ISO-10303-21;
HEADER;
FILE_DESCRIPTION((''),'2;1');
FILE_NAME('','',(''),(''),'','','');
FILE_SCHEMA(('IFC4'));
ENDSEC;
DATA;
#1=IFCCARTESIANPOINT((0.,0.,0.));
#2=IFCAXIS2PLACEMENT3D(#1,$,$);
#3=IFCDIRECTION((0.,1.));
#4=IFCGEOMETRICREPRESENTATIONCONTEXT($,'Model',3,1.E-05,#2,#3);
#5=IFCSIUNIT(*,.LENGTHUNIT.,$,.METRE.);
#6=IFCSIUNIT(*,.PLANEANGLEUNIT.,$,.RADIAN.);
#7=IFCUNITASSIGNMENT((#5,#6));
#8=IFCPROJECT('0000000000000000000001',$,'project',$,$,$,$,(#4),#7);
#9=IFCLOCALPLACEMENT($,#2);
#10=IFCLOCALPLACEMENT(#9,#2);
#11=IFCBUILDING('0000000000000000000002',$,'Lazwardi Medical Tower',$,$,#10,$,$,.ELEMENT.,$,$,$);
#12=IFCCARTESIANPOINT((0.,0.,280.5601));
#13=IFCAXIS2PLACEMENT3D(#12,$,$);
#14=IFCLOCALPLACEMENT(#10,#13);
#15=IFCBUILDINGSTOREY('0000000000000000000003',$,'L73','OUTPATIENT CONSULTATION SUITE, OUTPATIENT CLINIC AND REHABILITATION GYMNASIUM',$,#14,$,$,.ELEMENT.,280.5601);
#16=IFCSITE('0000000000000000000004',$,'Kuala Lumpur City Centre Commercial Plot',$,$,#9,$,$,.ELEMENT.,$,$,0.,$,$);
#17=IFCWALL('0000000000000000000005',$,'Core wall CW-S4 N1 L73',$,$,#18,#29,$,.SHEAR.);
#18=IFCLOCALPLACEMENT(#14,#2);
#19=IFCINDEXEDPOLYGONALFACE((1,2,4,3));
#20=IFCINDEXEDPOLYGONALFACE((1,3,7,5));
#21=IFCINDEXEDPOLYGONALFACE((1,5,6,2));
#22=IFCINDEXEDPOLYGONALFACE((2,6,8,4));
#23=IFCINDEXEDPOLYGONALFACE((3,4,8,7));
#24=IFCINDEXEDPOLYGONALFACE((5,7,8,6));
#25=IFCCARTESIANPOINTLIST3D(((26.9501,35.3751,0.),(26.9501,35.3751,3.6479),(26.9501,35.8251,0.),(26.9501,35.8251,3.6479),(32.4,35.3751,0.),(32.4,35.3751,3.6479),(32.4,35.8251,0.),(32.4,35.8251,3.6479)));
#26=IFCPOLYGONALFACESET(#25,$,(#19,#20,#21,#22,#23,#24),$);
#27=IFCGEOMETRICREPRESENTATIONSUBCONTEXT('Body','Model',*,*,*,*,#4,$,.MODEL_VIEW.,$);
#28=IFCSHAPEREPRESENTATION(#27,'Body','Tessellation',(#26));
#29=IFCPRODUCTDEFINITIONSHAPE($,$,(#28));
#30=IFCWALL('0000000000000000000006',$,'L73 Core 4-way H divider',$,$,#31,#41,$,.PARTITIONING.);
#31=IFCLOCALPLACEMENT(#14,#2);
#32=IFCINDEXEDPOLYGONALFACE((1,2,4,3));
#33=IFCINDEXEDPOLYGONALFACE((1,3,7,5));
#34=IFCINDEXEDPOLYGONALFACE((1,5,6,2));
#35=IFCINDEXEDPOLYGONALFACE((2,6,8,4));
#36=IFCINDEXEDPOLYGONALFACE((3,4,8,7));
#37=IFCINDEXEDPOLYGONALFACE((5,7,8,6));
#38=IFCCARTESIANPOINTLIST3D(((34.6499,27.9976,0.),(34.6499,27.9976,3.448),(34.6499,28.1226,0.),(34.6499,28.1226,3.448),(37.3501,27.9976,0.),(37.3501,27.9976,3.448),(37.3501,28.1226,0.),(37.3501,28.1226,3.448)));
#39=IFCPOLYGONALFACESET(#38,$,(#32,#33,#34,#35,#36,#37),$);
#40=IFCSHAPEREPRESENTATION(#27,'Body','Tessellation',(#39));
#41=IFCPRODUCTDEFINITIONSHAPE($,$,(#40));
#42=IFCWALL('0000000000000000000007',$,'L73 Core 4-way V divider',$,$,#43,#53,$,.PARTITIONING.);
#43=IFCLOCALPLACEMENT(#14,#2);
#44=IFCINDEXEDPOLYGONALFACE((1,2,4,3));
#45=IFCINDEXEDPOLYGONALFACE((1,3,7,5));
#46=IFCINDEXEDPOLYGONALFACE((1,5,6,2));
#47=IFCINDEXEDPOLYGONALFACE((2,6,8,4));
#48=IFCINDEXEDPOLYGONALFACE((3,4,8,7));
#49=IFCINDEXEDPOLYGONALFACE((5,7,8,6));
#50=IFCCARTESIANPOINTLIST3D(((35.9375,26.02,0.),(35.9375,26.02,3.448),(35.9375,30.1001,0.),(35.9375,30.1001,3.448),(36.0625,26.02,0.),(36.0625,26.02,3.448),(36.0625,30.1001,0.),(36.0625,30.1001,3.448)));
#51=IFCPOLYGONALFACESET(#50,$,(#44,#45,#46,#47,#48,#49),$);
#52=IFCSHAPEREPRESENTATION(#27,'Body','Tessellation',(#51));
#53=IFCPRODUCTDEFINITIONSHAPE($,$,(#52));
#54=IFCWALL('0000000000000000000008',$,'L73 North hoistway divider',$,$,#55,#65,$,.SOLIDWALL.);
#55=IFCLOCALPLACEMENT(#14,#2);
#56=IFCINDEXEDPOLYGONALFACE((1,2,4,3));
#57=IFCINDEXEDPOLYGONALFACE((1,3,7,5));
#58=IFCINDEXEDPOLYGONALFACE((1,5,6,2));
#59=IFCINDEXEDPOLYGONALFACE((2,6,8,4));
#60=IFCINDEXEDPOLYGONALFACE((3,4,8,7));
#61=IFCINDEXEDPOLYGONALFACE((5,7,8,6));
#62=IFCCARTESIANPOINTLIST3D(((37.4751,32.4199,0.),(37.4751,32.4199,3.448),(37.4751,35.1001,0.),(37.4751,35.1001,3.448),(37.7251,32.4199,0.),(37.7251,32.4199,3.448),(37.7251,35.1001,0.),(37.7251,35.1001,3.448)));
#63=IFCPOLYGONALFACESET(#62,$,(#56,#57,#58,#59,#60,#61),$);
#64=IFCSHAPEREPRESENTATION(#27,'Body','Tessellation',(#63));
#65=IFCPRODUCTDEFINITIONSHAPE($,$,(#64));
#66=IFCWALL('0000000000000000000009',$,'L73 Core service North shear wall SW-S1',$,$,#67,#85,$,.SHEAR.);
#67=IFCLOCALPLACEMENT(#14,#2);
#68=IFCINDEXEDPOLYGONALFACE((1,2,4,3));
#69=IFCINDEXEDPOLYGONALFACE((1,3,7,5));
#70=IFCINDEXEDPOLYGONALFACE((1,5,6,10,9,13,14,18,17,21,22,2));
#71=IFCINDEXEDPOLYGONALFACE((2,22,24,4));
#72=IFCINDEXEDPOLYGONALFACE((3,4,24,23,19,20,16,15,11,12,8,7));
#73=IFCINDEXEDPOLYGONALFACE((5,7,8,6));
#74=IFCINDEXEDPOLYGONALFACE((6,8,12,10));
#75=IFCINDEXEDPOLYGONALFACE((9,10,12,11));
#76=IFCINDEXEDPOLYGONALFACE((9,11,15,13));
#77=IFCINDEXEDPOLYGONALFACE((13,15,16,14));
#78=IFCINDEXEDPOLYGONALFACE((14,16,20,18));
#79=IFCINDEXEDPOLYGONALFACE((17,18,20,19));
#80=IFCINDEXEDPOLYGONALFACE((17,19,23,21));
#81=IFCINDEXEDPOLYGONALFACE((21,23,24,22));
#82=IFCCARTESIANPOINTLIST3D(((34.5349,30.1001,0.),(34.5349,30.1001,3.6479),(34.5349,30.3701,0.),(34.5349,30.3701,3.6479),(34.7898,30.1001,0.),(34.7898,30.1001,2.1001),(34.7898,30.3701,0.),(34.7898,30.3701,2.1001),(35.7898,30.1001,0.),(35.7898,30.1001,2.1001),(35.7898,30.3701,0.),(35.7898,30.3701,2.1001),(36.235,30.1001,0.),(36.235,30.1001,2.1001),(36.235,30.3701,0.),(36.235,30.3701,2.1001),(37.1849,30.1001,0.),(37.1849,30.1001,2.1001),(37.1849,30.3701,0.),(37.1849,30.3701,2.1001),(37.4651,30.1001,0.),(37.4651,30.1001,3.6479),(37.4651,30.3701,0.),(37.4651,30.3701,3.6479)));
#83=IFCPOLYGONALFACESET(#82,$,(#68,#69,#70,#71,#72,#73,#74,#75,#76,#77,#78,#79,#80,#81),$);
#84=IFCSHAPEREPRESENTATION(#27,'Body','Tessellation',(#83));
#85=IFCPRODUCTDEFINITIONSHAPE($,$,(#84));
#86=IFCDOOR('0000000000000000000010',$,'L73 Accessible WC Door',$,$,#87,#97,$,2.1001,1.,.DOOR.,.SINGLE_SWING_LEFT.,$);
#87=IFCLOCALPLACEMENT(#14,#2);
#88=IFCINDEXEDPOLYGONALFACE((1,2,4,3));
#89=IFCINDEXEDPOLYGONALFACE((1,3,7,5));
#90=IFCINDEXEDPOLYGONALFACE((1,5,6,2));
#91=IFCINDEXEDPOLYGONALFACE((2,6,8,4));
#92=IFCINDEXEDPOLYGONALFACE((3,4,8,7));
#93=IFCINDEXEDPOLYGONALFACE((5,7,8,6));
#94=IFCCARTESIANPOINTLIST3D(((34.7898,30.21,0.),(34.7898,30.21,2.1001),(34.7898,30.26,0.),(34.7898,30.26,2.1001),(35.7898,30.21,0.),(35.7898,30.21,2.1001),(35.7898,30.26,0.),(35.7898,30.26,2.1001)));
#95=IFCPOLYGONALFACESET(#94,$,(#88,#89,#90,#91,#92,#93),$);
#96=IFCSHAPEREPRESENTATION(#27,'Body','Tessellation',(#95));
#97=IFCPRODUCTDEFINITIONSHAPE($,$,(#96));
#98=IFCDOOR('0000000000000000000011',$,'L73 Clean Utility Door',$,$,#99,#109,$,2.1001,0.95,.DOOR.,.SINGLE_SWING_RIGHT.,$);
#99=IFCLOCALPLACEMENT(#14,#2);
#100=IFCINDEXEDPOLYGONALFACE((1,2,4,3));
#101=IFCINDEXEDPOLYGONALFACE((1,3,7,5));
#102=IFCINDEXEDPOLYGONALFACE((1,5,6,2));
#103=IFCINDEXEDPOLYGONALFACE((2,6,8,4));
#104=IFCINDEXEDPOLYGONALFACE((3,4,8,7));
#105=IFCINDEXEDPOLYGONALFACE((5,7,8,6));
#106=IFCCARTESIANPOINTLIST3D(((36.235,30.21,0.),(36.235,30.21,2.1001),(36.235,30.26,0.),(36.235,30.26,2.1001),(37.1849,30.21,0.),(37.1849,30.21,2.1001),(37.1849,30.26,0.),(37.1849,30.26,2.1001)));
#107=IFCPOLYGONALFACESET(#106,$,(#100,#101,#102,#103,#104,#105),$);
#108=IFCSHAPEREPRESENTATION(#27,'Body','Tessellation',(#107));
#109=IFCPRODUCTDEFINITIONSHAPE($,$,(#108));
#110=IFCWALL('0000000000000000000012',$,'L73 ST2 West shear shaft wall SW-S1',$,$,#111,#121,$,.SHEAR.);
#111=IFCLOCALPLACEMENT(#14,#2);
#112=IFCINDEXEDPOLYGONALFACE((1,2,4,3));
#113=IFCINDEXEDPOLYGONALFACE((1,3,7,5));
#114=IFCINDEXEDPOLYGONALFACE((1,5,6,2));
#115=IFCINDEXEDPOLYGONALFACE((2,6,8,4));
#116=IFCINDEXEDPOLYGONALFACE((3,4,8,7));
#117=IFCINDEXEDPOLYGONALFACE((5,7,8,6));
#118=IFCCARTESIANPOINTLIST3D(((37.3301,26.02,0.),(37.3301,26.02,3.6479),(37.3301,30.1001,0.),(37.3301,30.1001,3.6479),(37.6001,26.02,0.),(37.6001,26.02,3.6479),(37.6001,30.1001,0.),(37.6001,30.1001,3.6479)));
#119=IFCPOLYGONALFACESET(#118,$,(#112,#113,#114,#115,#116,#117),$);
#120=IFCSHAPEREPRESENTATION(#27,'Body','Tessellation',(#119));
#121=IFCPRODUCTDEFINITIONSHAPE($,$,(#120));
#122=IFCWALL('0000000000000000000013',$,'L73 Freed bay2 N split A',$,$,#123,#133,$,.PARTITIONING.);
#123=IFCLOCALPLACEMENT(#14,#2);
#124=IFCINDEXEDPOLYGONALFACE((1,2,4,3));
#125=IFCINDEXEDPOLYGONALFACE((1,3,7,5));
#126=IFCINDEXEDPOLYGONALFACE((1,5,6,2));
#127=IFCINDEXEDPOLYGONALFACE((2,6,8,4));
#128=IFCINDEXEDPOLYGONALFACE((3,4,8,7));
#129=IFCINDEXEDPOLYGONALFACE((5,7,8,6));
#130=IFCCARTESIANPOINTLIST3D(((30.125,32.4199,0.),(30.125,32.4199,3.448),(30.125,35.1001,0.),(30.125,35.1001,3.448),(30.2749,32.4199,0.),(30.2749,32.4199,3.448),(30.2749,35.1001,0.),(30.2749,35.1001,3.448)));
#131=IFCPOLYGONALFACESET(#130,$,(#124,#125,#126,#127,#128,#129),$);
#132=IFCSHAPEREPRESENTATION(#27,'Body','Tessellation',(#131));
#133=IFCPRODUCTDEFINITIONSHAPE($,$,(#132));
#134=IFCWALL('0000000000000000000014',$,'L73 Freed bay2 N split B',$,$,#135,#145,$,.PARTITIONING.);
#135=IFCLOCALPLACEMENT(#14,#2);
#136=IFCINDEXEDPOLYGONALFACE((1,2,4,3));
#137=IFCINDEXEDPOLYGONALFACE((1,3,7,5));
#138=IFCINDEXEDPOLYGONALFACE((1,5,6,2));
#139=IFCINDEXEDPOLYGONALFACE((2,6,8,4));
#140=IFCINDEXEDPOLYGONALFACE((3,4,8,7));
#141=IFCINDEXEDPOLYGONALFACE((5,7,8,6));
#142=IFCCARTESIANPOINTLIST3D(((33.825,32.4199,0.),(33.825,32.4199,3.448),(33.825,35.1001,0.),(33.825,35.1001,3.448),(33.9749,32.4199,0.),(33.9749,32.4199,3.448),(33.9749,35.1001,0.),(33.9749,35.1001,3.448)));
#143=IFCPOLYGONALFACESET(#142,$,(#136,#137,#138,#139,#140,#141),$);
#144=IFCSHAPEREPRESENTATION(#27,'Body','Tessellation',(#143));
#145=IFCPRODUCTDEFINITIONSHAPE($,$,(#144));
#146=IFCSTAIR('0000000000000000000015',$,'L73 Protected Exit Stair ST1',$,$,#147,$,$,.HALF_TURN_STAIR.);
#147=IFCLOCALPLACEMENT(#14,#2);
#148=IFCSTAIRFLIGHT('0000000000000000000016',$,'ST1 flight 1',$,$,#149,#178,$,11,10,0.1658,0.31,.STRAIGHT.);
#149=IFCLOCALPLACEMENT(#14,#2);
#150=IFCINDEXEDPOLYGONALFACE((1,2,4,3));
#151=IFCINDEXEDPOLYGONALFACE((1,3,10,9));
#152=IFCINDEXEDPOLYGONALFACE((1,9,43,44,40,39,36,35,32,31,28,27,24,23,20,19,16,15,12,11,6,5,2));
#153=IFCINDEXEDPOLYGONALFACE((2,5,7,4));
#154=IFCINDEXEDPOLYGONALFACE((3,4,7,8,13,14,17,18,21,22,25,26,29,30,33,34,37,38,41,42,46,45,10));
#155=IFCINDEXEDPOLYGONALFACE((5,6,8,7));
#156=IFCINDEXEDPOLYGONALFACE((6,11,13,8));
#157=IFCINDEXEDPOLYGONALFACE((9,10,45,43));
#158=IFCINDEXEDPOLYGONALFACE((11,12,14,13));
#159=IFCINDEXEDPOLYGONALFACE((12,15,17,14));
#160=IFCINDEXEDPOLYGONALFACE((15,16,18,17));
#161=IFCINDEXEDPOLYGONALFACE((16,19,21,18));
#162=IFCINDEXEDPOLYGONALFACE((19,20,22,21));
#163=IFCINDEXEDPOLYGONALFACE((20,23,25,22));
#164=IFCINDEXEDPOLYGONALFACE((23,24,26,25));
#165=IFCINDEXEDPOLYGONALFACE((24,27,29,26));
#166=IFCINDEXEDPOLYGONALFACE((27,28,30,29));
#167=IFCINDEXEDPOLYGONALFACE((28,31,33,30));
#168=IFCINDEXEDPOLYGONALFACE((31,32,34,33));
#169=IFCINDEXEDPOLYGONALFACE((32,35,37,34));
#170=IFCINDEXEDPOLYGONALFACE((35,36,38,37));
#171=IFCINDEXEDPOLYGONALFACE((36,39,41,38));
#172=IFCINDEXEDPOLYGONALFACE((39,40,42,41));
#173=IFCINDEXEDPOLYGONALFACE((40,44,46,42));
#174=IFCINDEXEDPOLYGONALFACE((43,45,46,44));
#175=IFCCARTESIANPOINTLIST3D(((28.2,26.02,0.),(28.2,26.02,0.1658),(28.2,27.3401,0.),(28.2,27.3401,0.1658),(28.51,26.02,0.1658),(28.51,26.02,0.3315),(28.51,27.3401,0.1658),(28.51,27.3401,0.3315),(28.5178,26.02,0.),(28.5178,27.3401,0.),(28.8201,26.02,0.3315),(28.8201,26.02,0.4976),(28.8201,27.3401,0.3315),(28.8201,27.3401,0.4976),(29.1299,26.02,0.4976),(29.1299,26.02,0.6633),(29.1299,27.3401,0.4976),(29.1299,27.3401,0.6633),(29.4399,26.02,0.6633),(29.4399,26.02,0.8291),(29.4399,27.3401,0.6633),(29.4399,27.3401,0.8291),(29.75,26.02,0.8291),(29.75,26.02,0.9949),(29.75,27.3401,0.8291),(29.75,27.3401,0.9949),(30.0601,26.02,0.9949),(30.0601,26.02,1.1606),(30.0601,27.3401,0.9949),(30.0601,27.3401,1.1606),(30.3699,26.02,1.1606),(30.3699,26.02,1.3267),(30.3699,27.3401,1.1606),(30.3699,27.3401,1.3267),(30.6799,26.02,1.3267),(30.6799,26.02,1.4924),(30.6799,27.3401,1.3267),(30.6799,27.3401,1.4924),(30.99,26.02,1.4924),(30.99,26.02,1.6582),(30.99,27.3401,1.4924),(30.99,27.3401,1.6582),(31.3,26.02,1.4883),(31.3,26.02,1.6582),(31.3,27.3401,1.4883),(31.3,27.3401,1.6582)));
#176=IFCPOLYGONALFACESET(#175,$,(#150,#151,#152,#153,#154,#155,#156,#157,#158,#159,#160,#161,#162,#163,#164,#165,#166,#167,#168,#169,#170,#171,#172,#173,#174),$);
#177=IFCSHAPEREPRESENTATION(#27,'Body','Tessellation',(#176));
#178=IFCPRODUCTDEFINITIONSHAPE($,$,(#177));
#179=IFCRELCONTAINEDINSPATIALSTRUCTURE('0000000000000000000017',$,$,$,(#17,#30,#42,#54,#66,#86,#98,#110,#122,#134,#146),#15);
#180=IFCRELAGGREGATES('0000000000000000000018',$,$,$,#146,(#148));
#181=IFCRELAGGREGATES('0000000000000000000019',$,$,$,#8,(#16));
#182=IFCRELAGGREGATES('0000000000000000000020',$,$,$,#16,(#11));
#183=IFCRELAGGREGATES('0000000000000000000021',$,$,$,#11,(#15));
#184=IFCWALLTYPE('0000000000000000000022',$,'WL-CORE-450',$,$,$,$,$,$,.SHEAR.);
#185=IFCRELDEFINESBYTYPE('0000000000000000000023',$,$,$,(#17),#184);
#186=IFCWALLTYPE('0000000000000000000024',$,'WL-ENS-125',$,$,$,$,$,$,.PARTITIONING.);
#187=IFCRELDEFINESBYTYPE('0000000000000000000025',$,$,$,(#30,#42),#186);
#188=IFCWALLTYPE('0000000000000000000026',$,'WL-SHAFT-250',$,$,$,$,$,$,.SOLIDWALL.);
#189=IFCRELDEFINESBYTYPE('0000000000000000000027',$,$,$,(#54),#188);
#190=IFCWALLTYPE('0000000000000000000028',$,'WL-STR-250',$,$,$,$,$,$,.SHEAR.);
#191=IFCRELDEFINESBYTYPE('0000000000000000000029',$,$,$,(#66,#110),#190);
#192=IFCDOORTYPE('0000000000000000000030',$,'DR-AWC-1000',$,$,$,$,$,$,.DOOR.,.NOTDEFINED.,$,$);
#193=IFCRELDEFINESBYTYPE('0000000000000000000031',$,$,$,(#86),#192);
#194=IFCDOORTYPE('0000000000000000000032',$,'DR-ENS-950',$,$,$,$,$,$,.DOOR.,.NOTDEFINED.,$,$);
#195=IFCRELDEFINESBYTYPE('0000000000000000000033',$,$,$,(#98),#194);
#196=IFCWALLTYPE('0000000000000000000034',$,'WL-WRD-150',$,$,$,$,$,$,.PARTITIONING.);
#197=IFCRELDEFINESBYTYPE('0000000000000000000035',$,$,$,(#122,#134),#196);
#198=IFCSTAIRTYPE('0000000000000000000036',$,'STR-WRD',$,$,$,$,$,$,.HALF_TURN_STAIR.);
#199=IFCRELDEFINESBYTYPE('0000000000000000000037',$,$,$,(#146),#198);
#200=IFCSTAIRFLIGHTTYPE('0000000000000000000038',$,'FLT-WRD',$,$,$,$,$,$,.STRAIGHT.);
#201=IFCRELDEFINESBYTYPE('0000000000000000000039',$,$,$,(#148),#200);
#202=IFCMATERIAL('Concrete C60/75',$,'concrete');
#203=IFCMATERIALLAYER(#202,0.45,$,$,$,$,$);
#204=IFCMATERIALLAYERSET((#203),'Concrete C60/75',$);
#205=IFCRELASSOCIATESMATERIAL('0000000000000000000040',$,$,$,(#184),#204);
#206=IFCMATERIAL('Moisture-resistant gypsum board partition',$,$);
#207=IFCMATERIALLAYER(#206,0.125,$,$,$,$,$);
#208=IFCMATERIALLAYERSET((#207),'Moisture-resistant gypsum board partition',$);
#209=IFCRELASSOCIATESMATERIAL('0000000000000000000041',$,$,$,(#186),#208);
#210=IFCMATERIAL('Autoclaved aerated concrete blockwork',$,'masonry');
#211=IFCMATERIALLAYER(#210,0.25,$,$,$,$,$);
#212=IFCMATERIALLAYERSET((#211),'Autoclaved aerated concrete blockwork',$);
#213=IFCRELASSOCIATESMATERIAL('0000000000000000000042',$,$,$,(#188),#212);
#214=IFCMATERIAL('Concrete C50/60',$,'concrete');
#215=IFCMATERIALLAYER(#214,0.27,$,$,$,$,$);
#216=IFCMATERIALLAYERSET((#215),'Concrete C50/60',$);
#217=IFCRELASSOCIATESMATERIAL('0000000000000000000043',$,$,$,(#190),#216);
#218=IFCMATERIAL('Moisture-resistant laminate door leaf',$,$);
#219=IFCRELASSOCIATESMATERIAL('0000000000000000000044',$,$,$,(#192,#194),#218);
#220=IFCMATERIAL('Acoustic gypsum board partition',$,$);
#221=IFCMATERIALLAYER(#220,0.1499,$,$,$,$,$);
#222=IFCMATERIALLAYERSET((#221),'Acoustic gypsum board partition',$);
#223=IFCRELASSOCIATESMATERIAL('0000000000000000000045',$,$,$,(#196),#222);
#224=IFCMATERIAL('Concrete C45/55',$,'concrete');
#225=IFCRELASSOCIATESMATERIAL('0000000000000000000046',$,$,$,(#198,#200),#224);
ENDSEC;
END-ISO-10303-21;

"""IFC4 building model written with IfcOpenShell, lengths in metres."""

from ifc_helpers import new_model, si_unit, direction, frame, frame_2d, origin, place, context, subcontext, project, spatial, polyline, rectangle, outline, extrude, material, layer, layer_set, type_object, element, fill, aggregate, save


model = new_model("IFC4")

# Units and contexts
model_context = context("Model", 3, precision=1e-05, world=origin(), true_north=direction((0.0, 1.0)))
body_context = subcontext(model_context, "Body", "Model", "MODEL_VIEW")
ifc_project = project(units=[si_unit("LENGTHUNIT", "METRE"), si_unit("PLANEANGLEUNIT", "RADIAN")], contexts=[model_context])

# Site, building, storey
site_placement = place(None, origin())
site = spatial("IfcSite", under=ifc_project, at=site_placement, Name="Kuala Lumpur City Centre Commercial Plot", CompositionType="ELEMENT", RefElevation=0.0)
building_placement = place(site_placement, origin())
building = spatial("IfcBuilding", under=site, at=building_placement, Name="Lazwardi Medical Tower", CompositionType="ELEMENT")
storey_placement = place(building_placement, frame((0.0, 0.0, 280.5601)))
storey = spatial("IfcBuildingStorey", under=building, at=storey_placement, Name="L73", Description="OUTPATIENT CONSULTATION SUITE, OUTPATIENT CLINIC AND REHABILITATION GYMNASIUM", CompositionType="ELEMENT", Elevation=280.5601)

# Walls
ifc_material_1 = material(Name="Concrete C60/75", Category="concrete")
ifc_layer_1 = layer(ifc_material_1, 0.45)
ifc_layer_set_1 = layer_set([ifc_layer_1], Name="Concrete C60/75")
wall_type_1 = type_object("IfcWallType", Name="WL-CORE-450", PredefinedType="SHEAR", material=ifc_layer_set_1)
wall_1_placement = place(storey_placement, frame((26.95, 35.6001, 0.0), z_axis=(0.0, 0.0, 1.0), x_axis=(1.0, 0.0, 0.0)))
element("IfcWall", 1, at=wall_1_placement, inside=storey, type_object=wall_type_1, Name="Core wall CW-S4 N1 L73", PredefinedType="SHEAR", context=body_context, shape_type="SweptSolid", body=[
    extrude(rectangle(XDim=5.45, YDim=0.45, at=frame_2d((2.7251, 0.0))), origin(), (0.0, 0.0, 1.0), 3.6479),
])
ifc_material_2 = material(Name="Moisture-resistant gypsum board partition")
ifc_layer_2 = layer(ifc_material_2, 0.125)
ifc_layer_set_2 = layer_set([ifc_layer_2], Name="Moisture-resistant gypsum board partition")
wall_type_2 = type_object("IfcWallType", Name="WL-ENS-125", PredefinedType="PARTITIONING", material=ifc_layer_set_2)
wall_2_placement = place(storey_placement, frame((34.6499, 28.0601, 0.0), z_axis=(0.0, 0.0, 1.0), x_axis=(1.0, 0.0, 0.0)))
element("IfcWall", 2, at=wall_2_placement, inside=storey, type_object=wall_type_2, Name="L73 Core 4-way H divider", PredefinedType="PARTITIONING", context=body_context, shape_type="SweptSolid", body=[
    extrude(rectangle(XDim=2.7002, YDim=0.125, at=frame_2d((1.3501, 0.0))), origin(), (0.0, 0.0, 1.0), 3.448),
])
wall_3_placement = place(storey_placement, frame((36.0, 26.02, 0.0), z_axis=(0.0, 0.0, 1.0), x_axis=(0.0, 1.0, 0.0)))
element("IfcWall", 3, at=wall_3_placement, inside=storey, type_object=wall_type_2, Name="L73 Core 4-way V divider", PredefinedType="PARTITIONING", context=body_context, shape_type="SweptSolid", body=[
    extrude(rectangle(XDim=4.0801, YDim=0.125, at=frame_2d((2.04, 0.0))), origin(), (0.0, 0.0, 1.0), 3.448),
])
ifc_material_3 = material(Name="Autoclaved aerated concrete blockwork", Category="masonry")
ifc_layer_3 = layer(ifc_material_3, 0.25)
ifc_layer_set_3 = layer_set([ifc_layer_3], Name="Autoclaved aerated concrete blockwork")
wall_type_3 = type_object("IfcWallType", Name="WL-SHAFT-250", PredefinedType="SOLIDWALL", material=ifc_layer_set_3)
wall_4_placement = place(storey_placement, frame((37.6001, 32.4199, 0.0), z_axis=(0.0, 0.0, 1.0), x_axis=(0.0, 1.0, 0.0)))
element("IfcWall", 4, at=wall_4_placement, inside=storey, type_object=wall_type_3, Name="L73 North hoistway divider", PredefinedType="SOLIDWALL", context=body_context, shape_type="SweptSolid", body=[
    extrude(rectangle(XDim=2.6802, YDim=0.25, at=frame_2d((1.3401, 0.0))), origin(), (0.0, 0.0, 1.0), 3.448),
])

# Wall, openings, doors
ifc_material_4 = material(Name="Concrete C50/60", Category="concrete")
ifc_layer_4 = layer(ifc_material_4, 0.27)
ifc_layer_set_4 = layer_set([ifc_layer_4], Name="Concrete C50/60")
wall_type_4 = type_object("IfcWallType", Name="WL-STR-250", PredefinedType="SHEAR", material=ifc_layer_set_4)
wall_5_placement = place(storey_placement, frame((34.5349, 30.2351, 0.0), z_axis=(0.0, 0.0, 1.0), x_axis=(1.0, 0.0, 0.0)))
wall_5 = element("IfcWall", 5, at=wall_5_placement, inside=storey, type_object=wall_type_4, Name="L73 Core service North shear wall SW-S1", PredefinedType="SHEAR", context=body_context, shape_type="SweptSolid", body=[
    extrude(rectangle(XDim=2.9302, YDim=0.27, at=frame_2d((1.4651, 0.0))), origin(), (0.0, 0.0, 1.0), 3.6479),
])
opening_1_placement = place(wall_5_placement, frame((0.2549, 0.0, 0.0)))
opening_1 = element("IfcOpeningElement", 6, at=opening_1_placement, cuts=wall_5, PredefinedType="OPENING", context=body_context, shape_type="SweptSolid", body=[
    extrude(rectangle(XDim=1.0, YDim=2.1001, at=frame_2d((0.5, 1.05))), frame((0.0, 0.145, 0.0), z_axis=(0.0, -1.0, 0.0), x_axis=(1.0, 0.0, 0.0)), (0.0, 0.0, 1.0), 0.29),
])
opening_2_placement = place(wall_5_placement, frame((1.7, 0.0, 0.0)))
opening_2 = element("IfcOpeningElement", 7, at=opening_2_placement, cuts=wall_5, PredefinedType="OPENING", context=body_context, shape_type="SweptSolid", body=[
    extrude(rectangle(XDim=0.95, YDim=2.1001, at=frame_2d((0.4751, 1.05))), frame((0.0, 0.145, 0.0), z_axis=(0.0, -1.0, 0.0), x_axis=(1.0, 0.0, 0.0)), (0.0, 0.0, 1.0), 0.29),
])
ifc_material_5 = material(Name="Moisture-resistant laminate door leaf")
door_type_1 = type_object("IfcDoorType", Name="DR-AWC-1000", OperationType="NOTDEFINED", PredefinedType="DOOR", material=ifc_material_5)
door_1_placement = place(opening_1_placement, origin())
door_1 = element("IfcDoor", 8, at=door_1_placement, inside=storey, type_object=door_type_1, Name="L73 Accessible WC Door", OperationType="SINGLE_SWING_LEFT", OverallHeight=2.1001, OverallWidth=1.0, PredefinedType="DOOR", context=body_context, shape_type="SweptSolid", body=[
    extrude(rectangle(XDim=1.0, YDim=2.1001, at=frame_2d((0.5, 1.05))), frame((0.0, 0.0249, 0.0), z_axis=(0.0, -1.0, 0.0), x_axis=(1.0, 0.0, 0.0)), (0.0, 0.0, 1.0), 0.05),
])
fill(opening_1, door_1)
door_type_2 = type_object("IfcDoorType", Name="DR-ENS-950", OperationType="NOTDEFINED", PredefinedType="DOOR", material=ifc_material_5)
door_2_placement = place(opening_2_placement, origin())
door_2 = element("IfcDoor", 9, at=door_2_placement, inside=storey, type_object=door_type_2, Name="L73 Clean Utility Door", OperationType="SINGLE_SWING_RIGHT", OverallHeight=2.1001, OverallWidth=0.95, PredefinedType="DOOR", context=body_context, shape_type="SweptSolid", body=[
    extrude(rectangle(XDim=0.95, YDim=2.1001, at=frame_2d((0.4751, 1.05))), frame((0.0, 0.0249, 0.0), z_axis=(0.0, -1.0, 0.0), x_axis=(1.0, 0.0, 0.0)), (0.0, 0.0, 1.0), 0.05),
])
fill(opening_2, door_2)

# Wall
wall_6_placement = place(storey_placement, frame((37.4651, 26.02, 0.0), z_axis=(0.0, 0.0, 1.0), x_axis=(0.0, 1.0, 0.0)))
element("IfcWall", 10, at=wall_6_placement, inside=storey, type_object=wall_type_4, Name="L73 ST2 West shear shaft wall SW-S1", PredefinedType="SHEAR", context=body_context, shape_type="SweptSolid", body=[
    extrude(rectangle(XDim=4.0801, YDim=0.27, at=frame_2d((2.04, 0.0))), origin(), (0.0, 0.0, 1.0), 3.6479),
])

# Walls
ifc_material_6 = material(Name="Acoustic gypsum board partition")
ifc_layer_5 = layer(ifc_material_6, 0.1499)
ifc_layer_set_5 = layer_set([ifc_layer_5], Name="Acoustic gypsum board partition")
wall_type_5 = type_object("IfcWallType", Name="WL-WRD-150", PredefinedType="PARTITIONING", material=ifc_layer_set_5)
for number, where, z_axis, x_axis, name in (
    (11, (30.2, 32.4199, 0.0), (0.0, 0.0, 1.0), (0.0, 1.0, 0.0), "L73 Freed bay2 N split A"),
    (12, (33.8999, 32.4199, 0.0), (0.0, 0.0, 1.0), (0.0, 1.0, 0.0), "L73 Freed bay2 N split B"),
):
    element("IfcWall", number, at=place(storey_placement, frame(where, z_axis=z_axis, x_axis=x_axis)), inside=storey, type_object=wall_type_5, Name=name, PredefinedType="PARTITIONING", context=body_context, shape_type="SweptSolid", body=[
        extrude(rectangle(XDim=2.6802, YDim=0.1499, at=frame_2d((1.3401, 0.0))), origin(), (0.0, 0.0, 1.0), 3.448),
    ])

# Stair, stair flight
ifc_material_7 = material(Name="Concrete C45/55", Category="concrete")
stair_type = type_object("IfcStairType", Name="STR-WRD", PredefinedType="HALF_TURN_STAIR", material=ifc_material_7)
stair_placement = place(storey_placement, origin())
stair = element("IfcStair", 13, at=stair_placement, inside=storey, type_object=stair_type, Name="L73 Protected Exit Stair ST1", PredefinedType="HALF_TURN_STAIR")
stair_flight_type = type_object("IfcStairFlightType", Name="FLT-WRD", PredefinedType="STRAIGHT", material=ifc_material_7)
stair_flight_1_placement = place(storey_placement, frame((28.2, 26.6799, 0.0), z_axis=(0.0, 0.0, 1.0), x_axis=(1.0, 0.0, 0.0)))
stair_flight_1 = element("IfcStairFlight", 14, at=stair_flight_1_placement, type_object=stair_flight_type, Name="ST1 flight 1", NumberOfRisers=11, NumberOfTreads=10, PredefinedType="STRAIGHT", RiserHeight=0.1658, TreadLength=0.31, context=body_context, shape_type="SweptSolid", body=[
    extrude(outline(polyline([(0.0, 0.0), (0.0, 0.1658), (0.3101, 0.1658), (0.3101, 0.3315), (0.6201, 0.3315), (0.6201, 0.4976), (0.9299, 0.4976), (0.9299, 0.6633), (1.24, 0.6633), (1.24, 0.8291), (1.55, 0.8291), (1.55, 0.9949), (1.8601, 0.9949), (1.8601, 1.1606), (2.1699, 1.1606), (2.1699, 1.3267), (2.48, 1.3267), (2.48, 1.4924), (2.79, 1.4924), (2.79, 1.6582), (3.1001, 1.6582), (3.1001, 1.824), (3.1001, 1.4883), (0.3179, 0.0), (0.0, 0.0)])), frame((0.0, 0.6602, 0.0), z_axis=(0.0, -1.0, 0.0), x_axis=(1.0, 0.0, 0.0)), (0.0, 0.0, 1.0), 1.3201),
])
aggregate(stair, [stair_flight_1])

save(model, "model.ifc")
